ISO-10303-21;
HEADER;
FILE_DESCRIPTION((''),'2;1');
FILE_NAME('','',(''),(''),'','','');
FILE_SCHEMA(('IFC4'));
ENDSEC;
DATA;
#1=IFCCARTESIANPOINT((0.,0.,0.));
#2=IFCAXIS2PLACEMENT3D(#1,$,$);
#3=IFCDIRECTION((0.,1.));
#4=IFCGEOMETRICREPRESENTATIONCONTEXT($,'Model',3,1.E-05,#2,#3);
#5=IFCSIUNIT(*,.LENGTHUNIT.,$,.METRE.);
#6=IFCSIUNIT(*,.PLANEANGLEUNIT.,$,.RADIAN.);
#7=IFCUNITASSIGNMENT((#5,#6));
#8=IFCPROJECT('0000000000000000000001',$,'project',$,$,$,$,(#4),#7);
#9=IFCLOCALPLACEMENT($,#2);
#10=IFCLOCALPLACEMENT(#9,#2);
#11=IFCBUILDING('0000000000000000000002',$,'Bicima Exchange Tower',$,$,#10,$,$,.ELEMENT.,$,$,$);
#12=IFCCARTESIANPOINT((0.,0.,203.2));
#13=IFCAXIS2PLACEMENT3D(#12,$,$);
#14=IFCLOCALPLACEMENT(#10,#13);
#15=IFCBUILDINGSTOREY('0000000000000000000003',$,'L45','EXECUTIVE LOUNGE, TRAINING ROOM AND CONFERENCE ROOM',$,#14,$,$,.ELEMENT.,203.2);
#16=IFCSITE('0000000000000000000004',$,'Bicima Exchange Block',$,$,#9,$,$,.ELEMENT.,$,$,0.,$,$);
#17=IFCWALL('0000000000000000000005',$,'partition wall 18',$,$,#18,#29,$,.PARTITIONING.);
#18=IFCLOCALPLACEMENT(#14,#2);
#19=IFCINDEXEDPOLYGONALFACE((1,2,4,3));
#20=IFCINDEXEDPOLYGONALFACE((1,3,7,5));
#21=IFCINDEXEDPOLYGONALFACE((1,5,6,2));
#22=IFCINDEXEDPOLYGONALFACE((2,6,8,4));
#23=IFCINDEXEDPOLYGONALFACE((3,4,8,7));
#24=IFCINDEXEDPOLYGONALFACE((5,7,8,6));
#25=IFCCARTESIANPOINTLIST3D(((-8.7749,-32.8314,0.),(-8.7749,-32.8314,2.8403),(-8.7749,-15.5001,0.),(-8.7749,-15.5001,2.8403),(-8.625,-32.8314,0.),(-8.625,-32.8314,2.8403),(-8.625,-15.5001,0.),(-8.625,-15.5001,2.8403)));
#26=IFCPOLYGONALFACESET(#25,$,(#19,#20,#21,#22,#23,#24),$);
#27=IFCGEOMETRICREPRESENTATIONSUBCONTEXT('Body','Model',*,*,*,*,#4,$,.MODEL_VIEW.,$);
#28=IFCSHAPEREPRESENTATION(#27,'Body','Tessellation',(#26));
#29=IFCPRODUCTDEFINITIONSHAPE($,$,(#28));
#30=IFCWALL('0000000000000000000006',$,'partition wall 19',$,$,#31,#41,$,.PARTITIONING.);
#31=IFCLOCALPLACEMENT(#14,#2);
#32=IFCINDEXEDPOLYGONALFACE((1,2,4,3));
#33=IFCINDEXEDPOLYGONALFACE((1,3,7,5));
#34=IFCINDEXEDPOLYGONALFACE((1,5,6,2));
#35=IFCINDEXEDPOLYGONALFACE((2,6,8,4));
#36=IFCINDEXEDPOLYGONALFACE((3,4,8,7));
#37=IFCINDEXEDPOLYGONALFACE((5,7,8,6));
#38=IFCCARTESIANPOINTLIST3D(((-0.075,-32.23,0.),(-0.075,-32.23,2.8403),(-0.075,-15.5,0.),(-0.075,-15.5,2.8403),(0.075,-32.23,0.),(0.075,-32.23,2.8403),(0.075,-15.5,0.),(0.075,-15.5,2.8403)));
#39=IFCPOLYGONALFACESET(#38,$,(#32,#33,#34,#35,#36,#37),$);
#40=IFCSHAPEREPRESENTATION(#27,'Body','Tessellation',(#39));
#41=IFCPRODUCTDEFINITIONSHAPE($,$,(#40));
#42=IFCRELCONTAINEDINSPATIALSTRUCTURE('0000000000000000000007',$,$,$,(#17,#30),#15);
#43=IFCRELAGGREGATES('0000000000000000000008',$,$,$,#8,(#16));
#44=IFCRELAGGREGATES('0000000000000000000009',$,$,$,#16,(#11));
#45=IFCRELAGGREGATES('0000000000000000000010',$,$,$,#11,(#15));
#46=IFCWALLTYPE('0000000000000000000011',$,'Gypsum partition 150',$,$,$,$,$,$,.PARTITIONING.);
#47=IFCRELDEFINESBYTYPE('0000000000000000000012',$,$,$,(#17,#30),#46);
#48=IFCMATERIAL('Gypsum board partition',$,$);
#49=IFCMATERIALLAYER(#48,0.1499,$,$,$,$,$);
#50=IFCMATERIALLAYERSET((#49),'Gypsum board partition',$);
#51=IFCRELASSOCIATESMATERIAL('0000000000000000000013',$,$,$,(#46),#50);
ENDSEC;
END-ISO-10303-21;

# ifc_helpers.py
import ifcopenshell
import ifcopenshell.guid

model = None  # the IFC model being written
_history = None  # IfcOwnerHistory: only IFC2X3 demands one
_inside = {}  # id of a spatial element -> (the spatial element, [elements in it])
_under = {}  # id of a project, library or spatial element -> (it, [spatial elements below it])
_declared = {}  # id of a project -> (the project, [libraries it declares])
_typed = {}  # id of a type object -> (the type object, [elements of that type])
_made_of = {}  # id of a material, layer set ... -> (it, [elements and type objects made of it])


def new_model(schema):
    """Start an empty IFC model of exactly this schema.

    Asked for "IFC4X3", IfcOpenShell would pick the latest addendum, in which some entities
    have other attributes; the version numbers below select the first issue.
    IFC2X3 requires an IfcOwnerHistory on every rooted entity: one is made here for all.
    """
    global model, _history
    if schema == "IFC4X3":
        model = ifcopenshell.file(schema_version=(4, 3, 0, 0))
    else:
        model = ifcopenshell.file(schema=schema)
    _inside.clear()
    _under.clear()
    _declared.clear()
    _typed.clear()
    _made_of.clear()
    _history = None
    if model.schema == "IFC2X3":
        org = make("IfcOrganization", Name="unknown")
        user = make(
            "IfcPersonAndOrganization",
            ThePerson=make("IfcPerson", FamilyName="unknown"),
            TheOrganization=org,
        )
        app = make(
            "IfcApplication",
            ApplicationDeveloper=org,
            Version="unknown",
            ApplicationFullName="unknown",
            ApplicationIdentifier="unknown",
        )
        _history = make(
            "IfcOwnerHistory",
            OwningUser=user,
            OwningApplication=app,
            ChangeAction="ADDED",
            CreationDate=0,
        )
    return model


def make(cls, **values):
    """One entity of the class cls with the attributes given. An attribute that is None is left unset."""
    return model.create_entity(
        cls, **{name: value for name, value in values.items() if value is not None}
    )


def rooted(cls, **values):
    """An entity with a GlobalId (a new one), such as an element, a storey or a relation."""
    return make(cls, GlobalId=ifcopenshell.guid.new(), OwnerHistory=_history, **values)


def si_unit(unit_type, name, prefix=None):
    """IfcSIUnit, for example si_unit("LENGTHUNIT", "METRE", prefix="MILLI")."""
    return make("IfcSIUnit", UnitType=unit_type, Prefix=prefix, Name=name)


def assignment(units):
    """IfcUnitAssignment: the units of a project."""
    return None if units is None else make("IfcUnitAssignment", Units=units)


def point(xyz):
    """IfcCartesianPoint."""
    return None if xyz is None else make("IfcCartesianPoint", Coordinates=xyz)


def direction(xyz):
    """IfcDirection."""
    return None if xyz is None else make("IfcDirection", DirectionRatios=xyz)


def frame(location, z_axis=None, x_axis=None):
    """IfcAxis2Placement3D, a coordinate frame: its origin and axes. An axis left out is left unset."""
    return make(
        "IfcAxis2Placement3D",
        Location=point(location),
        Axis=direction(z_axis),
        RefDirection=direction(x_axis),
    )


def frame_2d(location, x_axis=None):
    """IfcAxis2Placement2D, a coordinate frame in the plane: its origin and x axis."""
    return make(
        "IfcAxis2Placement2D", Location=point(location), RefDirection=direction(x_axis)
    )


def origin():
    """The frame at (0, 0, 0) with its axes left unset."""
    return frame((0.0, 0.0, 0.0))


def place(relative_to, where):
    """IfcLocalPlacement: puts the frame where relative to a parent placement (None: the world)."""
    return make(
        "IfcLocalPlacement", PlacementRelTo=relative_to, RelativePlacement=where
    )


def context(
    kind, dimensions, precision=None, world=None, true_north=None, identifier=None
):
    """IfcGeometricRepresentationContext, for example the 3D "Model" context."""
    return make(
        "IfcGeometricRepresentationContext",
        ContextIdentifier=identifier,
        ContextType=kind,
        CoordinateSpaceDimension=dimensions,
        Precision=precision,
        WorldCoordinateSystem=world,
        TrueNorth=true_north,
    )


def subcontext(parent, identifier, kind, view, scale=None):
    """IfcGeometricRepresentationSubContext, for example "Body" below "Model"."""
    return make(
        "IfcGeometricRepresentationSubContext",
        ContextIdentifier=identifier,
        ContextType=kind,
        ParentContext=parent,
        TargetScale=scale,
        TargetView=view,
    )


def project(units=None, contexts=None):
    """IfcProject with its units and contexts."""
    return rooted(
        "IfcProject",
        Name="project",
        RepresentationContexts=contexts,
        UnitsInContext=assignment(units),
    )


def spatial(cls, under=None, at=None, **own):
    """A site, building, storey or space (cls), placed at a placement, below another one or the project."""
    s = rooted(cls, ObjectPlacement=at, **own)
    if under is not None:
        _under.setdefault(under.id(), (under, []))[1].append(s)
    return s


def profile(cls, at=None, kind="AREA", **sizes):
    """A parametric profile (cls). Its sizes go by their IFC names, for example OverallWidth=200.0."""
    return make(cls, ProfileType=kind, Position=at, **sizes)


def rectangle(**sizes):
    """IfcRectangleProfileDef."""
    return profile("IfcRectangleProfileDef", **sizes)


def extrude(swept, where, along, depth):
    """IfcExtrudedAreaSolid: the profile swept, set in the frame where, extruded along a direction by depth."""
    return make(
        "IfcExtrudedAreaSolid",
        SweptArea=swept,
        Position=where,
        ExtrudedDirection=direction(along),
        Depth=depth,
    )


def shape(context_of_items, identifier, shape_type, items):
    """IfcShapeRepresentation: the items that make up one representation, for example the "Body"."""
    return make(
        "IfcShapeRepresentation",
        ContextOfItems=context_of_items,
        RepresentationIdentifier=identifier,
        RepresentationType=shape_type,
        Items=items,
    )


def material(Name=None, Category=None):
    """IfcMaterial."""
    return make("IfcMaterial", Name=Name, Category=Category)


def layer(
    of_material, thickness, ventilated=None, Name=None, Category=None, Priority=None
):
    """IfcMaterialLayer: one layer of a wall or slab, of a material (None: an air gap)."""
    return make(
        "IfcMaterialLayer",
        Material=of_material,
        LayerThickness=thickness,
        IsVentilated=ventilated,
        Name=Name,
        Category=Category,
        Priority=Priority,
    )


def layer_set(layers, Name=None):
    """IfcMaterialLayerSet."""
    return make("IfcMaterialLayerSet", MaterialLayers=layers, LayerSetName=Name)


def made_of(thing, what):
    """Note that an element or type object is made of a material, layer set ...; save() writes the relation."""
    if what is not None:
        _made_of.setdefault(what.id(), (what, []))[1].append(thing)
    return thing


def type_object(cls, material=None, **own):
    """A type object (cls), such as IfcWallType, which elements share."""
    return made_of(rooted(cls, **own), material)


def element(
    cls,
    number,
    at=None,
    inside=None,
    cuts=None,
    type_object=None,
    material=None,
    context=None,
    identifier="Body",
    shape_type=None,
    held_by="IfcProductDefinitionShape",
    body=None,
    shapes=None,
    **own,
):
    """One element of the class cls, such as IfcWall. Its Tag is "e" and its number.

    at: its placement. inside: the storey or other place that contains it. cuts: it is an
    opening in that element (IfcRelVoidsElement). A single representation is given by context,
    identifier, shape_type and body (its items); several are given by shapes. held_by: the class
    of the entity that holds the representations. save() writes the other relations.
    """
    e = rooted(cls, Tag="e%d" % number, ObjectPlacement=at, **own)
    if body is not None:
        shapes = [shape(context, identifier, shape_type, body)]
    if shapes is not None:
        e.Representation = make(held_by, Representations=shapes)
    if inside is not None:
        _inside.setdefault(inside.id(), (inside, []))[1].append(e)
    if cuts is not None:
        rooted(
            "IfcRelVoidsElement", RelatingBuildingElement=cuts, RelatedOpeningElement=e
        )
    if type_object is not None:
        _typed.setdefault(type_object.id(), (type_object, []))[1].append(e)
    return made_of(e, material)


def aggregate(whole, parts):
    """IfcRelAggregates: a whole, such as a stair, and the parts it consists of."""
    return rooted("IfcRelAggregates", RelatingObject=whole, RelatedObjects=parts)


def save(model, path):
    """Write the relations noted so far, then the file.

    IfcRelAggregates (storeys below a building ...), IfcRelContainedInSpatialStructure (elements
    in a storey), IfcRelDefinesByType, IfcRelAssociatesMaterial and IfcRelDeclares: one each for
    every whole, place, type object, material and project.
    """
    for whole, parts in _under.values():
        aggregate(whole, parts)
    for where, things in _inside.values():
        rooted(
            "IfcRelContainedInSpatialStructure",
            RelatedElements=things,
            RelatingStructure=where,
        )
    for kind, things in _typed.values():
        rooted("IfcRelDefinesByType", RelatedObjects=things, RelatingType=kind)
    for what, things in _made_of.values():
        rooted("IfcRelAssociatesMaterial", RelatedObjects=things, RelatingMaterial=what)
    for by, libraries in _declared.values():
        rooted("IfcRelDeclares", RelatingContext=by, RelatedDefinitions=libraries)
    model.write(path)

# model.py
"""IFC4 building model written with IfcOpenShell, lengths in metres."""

from ifc_helpers import new_model, si_unit, direction, frame, frame_2d, origin, place, context, subcontext, project, spatial, rectangle, extrude, material, layer, layer_set, type_object, element, save


model = new_model("IFC4")

# Units and contexts
model_context = context("Model", 3, precision=1e-05, world=origin(), true_north=direction((0.0, 1.0)))
body_context = subcontext(model_context, "Body", "Model", "MODEL_VIEW")
ifc_project = project(units=[si_unit("LENGTHUNIT", "METRE"), si_unit("PLANEANGLEUNIT", "RADIAN")], contexts=[model_context])

# Site, building, storey
site_placement = place(None, origin())
site = spatial("IfcSite", under=ifc_project, at=site_placement, Name="Bicima Exchange Block", CompositionType="ELEMENT", RefElevation=0.0)
building_placement = place(site_placement, origin())
building = spatial("IfcBuilding", under=site, at=building_placement, Name="Bicima Exchange Tower", CompositionType="ELEMENT")
storey_placement = place(building_placement, frame((0.0, 0.0, 203.2)))
storey = spatial("IfcBuildingStorey", under=building, at=storey_placement, Name="L45", Description="EXECUTIVE LOUNGE, TRAINING ROOM AND CONFERENCE ROOM", CompositionType="ELEMENT", Elevation=203.2)

# Walls
ifc_material_1 = material(Name="Gypsum board partition")
ifc_layer_1 = layer(ifc_material_1, 0.1499)
ifc_layer_set_1 = layer_set([ifc_layer_1], Name="Gypsum board partition")
wall_type = type_object("IfcWallType", Name="Gypsum partition 150", PredefinedType="PARTITIONING", material=ifc_layer_set_1)
wall_1_placement = place(storey_placement, frame((-8.7, -32.8313, 0.0), z_axis=(0.0, 0.0, 1.0), x_axis=(0.0, 1.0, 0.0)))
element("IfcWall", 1, at=wall_1_placement, inside=storey, type_object=wall_type, Name="partition wall 18", PredefinedType="PARTITIONING", context=body_context, shape_type="SweptSolid", body=[
    extrude(rectangle(XDim=17.3313, YDim=0.1499, at=frame_2d((8.6655, 0.0))), origin(), (0.0, 0.0, 1.0), 2.8403),
])
wall_2_placement = place(storey_placement, frame((0.0, -32.23, 0.0), z_axis=(0.0, 0.0, 1.0), x_axis=(0.0, 1.0, 0.0)))
element("IfcWall", 2, at=wall_2_placement, inside=storey, type_object=wall_type, Name="partition wall 19", PredefinedType="PARTITIONING", context=body_context, shape_type="SweptSolid", body=[
    extrude(rectangle(XDim=16.73, YDim=0.1499, at=frame_2d((8.365, 0.0))), origin(), (0.0, 0.0, 1.0), 2.8403),
])

save(model, "model.ifc")
